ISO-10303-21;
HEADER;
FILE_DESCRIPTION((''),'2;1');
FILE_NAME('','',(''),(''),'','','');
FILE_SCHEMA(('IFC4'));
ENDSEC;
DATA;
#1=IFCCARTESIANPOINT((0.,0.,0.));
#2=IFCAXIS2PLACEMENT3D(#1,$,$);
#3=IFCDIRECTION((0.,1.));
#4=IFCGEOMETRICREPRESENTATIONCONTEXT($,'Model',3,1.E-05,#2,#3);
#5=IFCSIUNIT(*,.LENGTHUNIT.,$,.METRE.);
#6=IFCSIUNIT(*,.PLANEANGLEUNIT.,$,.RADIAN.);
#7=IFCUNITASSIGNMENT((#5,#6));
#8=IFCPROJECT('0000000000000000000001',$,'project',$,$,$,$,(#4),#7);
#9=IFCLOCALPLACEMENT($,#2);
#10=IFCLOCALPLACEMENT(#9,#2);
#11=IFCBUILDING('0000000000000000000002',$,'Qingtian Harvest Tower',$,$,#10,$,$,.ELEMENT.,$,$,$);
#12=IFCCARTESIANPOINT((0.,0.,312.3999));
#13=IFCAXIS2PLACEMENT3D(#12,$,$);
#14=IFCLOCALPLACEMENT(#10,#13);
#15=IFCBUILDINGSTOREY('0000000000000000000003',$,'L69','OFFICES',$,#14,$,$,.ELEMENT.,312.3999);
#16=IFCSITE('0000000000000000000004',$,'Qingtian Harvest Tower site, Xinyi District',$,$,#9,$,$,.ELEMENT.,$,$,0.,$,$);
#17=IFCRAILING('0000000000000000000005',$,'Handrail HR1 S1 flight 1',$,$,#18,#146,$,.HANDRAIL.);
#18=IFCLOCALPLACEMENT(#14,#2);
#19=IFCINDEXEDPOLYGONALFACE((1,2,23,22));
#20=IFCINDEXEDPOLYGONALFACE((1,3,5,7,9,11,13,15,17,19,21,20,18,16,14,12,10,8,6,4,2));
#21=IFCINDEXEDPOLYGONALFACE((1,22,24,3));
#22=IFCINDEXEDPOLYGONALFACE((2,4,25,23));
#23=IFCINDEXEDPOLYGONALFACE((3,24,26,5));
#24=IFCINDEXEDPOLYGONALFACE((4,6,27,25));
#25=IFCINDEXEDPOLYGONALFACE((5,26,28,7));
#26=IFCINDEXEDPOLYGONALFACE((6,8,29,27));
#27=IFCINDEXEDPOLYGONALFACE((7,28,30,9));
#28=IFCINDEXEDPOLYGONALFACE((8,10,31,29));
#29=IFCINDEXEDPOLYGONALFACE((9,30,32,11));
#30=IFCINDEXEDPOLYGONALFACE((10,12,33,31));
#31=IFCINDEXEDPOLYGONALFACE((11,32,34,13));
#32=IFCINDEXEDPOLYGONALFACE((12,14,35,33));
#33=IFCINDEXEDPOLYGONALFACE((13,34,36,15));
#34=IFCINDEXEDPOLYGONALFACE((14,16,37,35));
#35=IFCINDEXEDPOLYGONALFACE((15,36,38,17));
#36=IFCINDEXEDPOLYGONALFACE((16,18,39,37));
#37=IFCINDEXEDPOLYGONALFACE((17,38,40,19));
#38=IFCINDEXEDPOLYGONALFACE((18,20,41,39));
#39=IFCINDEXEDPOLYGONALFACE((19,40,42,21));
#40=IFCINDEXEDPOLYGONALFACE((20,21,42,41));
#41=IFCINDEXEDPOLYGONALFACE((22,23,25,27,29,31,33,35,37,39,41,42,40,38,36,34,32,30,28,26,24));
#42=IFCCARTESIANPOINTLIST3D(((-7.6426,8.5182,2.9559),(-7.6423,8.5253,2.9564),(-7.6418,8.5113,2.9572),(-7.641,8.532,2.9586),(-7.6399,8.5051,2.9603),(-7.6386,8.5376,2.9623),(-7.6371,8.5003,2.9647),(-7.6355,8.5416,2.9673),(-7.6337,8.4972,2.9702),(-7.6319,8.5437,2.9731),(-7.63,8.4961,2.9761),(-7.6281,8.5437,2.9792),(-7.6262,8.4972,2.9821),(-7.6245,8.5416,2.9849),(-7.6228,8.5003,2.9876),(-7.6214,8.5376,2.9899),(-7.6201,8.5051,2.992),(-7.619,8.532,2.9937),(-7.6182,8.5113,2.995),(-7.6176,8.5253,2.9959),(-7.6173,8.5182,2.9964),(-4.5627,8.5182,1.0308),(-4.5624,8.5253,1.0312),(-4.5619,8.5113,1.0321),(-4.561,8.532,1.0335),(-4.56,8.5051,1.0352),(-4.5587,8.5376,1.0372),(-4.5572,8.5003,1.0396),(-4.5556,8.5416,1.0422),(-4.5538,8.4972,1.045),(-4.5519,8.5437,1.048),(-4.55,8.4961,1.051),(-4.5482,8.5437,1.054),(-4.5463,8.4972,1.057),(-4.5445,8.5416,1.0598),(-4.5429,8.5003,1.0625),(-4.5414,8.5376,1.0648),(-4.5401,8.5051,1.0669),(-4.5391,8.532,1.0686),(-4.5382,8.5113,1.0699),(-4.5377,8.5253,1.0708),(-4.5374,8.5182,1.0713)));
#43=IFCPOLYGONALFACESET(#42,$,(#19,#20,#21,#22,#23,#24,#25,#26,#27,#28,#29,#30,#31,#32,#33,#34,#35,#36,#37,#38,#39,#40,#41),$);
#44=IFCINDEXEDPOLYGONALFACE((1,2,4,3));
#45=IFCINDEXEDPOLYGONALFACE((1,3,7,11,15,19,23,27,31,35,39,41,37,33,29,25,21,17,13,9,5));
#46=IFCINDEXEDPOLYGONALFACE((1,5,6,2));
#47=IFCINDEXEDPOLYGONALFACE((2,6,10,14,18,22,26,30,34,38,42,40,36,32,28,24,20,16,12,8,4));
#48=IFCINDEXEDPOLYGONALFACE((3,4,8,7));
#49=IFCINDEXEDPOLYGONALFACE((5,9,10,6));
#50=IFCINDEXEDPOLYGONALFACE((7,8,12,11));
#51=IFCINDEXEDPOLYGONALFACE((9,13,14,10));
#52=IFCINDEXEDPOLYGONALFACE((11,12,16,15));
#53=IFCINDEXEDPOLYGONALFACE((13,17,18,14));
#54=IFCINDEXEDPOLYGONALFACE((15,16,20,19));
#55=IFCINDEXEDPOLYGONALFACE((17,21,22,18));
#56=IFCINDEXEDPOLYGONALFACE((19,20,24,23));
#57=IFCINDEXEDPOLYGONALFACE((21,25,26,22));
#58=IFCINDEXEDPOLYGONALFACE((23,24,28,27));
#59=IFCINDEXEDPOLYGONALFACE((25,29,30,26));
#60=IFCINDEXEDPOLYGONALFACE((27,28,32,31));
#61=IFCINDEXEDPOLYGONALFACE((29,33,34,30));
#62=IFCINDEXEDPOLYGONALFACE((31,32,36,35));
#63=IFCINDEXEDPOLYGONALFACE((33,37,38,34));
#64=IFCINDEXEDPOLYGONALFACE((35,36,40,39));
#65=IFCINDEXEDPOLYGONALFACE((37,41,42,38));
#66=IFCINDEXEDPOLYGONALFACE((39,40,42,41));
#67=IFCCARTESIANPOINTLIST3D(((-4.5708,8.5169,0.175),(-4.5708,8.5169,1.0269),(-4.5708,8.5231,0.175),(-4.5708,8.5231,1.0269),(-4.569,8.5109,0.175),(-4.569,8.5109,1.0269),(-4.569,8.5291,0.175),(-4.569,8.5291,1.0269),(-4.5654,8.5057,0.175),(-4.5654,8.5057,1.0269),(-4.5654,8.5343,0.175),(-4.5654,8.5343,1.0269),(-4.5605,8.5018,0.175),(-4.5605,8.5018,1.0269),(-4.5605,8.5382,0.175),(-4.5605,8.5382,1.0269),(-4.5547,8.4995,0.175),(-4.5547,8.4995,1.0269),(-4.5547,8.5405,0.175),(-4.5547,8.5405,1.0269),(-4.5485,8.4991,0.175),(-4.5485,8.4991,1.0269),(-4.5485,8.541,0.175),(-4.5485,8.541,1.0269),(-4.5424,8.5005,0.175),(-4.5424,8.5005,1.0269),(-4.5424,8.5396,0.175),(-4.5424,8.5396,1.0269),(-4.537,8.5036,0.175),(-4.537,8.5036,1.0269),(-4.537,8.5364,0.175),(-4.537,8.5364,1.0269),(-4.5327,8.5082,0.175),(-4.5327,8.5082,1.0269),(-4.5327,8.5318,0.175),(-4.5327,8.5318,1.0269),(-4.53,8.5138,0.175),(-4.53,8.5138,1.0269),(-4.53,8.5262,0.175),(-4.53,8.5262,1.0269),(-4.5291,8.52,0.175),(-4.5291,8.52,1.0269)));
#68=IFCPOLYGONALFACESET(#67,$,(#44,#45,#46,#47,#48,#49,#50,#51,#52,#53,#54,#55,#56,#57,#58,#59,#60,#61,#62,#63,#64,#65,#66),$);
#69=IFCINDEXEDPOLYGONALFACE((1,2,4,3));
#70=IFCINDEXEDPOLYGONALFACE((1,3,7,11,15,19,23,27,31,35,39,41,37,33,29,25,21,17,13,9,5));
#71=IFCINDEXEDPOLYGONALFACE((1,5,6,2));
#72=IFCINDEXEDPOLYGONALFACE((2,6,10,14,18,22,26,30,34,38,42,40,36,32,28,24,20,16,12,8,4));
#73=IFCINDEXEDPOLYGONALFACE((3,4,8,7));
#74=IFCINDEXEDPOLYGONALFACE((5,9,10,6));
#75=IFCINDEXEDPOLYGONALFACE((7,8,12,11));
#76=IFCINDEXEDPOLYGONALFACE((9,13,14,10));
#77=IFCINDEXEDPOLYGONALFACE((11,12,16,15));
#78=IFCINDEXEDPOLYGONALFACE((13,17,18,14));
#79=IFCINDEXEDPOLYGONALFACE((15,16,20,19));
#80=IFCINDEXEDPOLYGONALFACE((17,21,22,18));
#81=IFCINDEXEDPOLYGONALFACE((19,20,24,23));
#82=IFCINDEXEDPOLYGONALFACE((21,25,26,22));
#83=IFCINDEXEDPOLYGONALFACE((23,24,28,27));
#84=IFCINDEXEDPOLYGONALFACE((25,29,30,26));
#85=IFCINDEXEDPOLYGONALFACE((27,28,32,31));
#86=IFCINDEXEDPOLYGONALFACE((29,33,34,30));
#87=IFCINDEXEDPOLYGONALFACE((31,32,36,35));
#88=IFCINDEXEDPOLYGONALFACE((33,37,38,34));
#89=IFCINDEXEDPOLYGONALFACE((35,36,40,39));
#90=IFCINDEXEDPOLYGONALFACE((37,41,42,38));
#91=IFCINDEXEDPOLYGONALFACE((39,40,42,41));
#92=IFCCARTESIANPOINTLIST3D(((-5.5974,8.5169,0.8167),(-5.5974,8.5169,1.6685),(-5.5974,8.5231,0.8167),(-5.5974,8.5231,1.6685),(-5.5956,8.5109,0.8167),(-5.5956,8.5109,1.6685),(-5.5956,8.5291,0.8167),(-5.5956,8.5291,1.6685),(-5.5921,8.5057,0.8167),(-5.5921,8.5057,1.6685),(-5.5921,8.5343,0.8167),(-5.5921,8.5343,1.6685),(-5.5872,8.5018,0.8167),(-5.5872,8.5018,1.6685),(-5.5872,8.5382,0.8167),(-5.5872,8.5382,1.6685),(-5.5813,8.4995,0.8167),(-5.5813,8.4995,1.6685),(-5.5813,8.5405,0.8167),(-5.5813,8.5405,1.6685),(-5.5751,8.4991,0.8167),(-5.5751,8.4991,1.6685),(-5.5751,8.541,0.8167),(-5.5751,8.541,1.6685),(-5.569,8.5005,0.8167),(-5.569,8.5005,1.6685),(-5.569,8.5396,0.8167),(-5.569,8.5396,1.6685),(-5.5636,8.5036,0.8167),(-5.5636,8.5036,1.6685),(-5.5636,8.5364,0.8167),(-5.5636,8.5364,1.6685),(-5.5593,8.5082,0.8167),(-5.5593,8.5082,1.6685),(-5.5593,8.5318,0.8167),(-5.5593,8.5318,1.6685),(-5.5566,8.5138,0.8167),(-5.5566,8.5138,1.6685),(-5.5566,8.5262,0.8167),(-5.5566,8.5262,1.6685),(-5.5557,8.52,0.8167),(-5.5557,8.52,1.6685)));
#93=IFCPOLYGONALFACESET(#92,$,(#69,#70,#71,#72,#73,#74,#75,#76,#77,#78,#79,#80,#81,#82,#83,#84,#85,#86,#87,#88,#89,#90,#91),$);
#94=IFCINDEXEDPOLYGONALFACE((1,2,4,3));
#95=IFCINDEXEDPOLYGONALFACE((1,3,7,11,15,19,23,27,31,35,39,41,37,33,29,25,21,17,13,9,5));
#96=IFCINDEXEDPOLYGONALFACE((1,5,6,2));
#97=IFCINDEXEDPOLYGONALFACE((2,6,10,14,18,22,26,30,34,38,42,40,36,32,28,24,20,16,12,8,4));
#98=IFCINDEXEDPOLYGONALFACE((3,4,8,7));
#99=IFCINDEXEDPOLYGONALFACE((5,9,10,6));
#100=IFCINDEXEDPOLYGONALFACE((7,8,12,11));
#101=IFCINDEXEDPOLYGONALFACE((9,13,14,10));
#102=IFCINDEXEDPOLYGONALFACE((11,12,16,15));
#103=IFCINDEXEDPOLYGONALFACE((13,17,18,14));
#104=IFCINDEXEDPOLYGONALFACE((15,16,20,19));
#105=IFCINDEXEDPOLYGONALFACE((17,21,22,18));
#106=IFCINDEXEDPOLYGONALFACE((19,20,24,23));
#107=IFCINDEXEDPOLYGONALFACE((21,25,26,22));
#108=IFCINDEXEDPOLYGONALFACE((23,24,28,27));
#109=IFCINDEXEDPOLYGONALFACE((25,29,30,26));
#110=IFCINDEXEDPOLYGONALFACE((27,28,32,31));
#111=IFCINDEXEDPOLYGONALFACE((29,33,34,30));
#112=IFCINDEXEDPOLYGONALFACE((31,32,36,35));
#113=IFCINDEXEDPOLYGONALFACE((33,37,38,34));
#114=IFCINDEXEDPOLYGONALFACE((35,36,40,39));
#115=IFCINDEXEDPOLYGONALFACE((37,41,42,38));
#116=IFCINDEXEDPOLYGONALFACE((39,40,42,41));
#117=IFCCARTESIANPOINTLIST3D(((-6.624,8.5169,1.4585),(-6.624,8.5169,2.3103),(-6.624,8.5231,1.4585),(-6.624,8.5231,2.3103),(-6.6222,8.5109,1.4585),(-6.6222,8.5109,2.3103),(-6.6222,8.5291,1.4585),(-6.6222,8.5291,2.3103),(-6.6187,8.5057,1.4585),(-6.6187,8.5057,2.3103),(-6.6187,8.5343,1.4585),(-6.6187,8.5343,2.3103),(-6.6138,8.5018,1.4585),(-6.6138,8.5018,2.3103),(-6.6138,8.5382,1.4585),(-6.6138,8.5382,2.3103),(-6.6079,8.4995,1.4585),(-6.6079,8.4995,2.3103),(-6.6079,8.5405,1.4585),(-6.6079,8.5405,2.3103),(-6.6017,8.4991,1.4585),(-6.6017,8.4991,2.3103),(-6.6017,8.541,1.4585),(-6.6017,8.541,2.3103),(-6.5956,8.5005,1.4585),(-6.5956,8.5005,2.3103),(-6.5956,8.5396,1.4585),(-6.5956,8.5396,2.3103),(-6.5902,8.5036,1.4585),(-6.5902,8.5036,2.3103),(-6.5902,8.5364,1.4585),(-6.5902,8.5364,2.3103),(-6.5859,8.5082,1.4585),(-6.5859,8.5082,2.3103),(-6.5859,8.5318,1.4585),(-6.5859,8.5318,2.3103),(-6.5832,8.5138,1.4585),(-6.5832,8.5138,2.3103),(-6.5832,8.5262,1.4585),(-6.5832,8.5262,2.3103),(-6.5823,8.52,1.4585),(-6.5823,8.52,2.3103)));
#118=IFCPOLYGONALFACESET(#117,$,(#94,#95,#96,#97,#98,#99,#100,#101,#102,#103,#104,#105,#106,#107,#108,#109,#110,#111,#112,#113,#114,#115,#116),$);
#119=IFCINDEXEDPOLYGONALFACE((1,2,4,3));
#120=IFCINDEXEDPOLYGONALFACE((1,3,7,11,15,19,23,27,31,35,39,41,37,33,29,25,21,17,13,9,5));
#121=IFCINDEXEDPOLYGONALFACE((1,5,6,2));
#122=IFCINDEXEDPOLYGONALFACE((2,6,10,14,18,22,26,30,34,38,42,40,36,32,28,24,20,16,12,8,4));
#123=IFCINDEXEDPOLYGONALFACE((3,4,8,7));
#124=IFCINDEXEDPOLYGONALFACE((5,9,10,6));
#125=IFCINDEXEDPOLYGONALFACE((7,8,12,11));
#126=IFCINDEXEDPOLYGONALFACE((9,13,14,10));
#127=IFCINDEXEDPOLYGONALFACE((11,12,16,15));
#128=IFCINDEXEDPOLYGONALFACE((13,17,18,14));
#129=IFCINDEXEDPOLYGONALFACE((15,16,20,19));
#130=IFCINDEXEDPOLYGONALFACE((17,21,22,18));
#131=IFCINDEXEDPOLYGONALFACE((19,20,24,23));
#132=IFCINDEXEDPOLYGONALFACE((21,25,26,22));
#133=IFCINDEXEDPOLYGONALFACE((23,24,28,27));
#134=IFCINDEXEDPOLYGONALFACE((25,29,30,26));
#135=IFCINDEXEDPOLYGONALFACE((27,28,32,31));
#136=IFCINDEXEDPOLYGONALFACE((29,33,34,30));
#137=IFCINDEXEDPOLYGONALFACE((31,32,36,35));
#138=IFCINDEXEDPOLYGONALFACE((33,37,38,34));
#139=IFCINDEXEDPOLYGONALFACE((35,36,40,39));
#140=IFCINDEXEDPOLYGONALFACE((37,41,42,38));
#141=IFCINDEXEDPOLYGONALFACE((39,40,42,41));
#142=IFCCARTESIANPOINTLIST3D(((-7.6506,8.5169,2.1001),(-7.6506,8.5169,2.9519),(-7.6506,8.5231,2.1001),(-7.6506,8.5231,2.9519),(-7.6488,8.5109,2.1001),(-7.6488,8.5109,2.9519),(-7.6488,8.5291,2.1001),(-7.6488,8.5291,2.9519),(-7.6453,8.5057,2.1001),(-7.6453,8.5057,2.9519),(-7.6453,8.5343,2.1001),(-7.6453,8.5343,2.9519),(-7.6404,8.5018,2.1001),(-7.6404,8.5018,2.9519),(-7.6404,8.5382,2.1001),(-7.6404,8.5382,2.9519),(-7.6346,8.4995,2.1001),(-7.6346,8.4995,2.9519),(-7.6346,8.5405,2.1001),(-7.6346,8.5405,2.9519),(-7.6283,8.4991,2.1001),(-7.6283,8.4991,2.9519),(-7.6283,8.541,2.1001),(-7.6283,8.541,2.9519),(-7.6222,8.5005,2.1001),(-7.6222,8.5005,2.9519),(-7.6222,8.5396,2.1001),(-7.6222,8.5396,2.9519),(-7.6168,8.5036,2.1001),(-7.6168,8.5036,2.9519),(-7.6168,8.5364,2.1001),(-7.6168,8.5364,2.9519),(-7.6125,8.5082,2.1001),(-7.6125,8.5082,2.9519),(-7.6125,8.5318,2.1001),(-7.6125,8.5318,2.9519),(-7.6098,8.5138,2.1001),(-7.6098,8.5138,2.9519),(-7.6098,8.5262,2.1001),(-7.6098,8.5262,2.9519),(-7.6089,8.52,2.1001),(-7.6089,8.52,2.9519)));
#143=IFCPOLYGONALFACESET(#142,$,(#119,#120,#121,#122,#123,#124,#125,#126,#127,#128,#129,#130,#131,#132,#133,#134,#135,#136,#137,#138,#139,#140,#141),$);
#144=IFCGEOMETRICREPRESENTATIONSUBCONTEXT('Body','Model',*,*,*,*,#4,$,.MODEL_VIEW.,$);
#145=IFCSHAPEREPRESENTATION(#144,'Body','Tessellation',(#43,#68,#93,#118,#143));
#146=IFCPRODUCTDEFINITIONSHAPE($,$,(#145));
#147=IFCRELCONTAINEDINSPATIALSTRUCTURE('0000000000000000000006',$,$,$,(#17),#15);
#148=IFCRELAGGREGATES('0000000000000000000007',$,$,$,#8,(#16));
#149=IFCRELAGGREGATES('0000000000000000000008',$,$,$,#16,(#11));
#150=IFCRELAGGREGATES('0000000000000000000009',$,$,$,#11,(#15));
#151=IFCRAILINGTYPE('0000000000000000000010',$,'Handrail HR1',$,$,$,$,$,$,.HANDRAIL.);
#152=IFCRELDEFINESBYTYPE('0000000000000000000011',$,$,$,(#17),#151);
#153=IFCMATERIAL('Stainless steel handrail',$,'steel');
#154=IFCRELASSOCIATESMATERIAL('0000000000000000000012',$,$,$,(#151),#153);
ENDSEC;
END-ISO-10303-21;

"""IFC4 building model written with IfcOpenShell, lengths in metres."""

from ifc_helpers import new_model, si_unit, direction, frame, origin, origin_2d, place, context, subcontext, project, spatial, circle, extrude, material, type_object, element, save


model = new_model("IFC4")

# Units and contexts
model_context = context("Model", 3, precision=1e-05, world=origin(), true_north=direction((0.0, 1.0)))
body_context = subcontext(model_context, "Body", "Model", "MODEL_VIEW")
ifc_project = project(units=[si_unit("LENGTHUNIT", "METRE"), si_unit("PLANEANGLEUNIT", "RADIAN")], contexts=[model_context])

# Site, building, storey
site_placement = place(None, origin())
site = spatial("IfcSite", under=ifc_project, at=site_placement, Name="Qingtian Harvest Tower site, Xinyi District", CompositionType="ELEMENT", RefElevation=0.0)
building_placement = place(site_placement, origin())
building = spatial("IfcBuilding", under=site, at=building_placement, Name="Qingtian Harvest Tower", CompositionType="ELEMENT")
storey_placement = place(building_placement, frame((0.0, 0.0, 312.3999)))
storey = spatial("IfcBuildingStorey", under=building, at=storey_placement, Name="L69", Description="OFFICES", CompositionType="ELEMENT", Elevation=312.3999)

# Railing
ifc_material_1 = material(Name="Stainless steel handrail", Category="steel")
railing_type = type_object("IfcRailingType", Name="Handrail HR1", PredefinedType="HANDRAIL", material=ifc_material_1)
railing_1_placement = place(storey_placement, frame((-4.55, 8.52, 0.175)))
element("IfcRailing", 1, at=railing_1_placement, inside=storey, type_object=railing_type, Name="Handrail HR1 S1 flight 1", PredefinedType="HANDRAIL", context=body_context, shape_type="SweptSolid", body=[
    extrude(circle(Radius=0.0239, at=origin_2d()), frame((0.0, 0.0, 0.876), z_axis=(-0.847979, 0.0, 0.530029), x_axis=(0.0, -1.0, 0.0)), (0.0, 0.0, 1.0), 3.6321),
    extrude(circle(Radius=0.021, at=origin_2d()), origin(), (0.0, 0.0, 1.0), 0.8518),
    extrude(circle(Radius=0.021, at=origin_2d()), frame((-1.0266, 0.0, 0.6416)), (0.0, 0.0, 1.0), 0.8518),
    extrude(circle(Radius=0.021, at=origin_2d()), frame((-2.0532, 0.0, 1.2834)), (0.0, 0.0, 1.0), 0.8518),
    extrude(circle(Radius=0.021, at=origin_2d()), frame((-3.0798, 0.0, 1.925)), (0.0, 0.0, 1.0), 0.8518),
])

save(model, "model.ifc")
